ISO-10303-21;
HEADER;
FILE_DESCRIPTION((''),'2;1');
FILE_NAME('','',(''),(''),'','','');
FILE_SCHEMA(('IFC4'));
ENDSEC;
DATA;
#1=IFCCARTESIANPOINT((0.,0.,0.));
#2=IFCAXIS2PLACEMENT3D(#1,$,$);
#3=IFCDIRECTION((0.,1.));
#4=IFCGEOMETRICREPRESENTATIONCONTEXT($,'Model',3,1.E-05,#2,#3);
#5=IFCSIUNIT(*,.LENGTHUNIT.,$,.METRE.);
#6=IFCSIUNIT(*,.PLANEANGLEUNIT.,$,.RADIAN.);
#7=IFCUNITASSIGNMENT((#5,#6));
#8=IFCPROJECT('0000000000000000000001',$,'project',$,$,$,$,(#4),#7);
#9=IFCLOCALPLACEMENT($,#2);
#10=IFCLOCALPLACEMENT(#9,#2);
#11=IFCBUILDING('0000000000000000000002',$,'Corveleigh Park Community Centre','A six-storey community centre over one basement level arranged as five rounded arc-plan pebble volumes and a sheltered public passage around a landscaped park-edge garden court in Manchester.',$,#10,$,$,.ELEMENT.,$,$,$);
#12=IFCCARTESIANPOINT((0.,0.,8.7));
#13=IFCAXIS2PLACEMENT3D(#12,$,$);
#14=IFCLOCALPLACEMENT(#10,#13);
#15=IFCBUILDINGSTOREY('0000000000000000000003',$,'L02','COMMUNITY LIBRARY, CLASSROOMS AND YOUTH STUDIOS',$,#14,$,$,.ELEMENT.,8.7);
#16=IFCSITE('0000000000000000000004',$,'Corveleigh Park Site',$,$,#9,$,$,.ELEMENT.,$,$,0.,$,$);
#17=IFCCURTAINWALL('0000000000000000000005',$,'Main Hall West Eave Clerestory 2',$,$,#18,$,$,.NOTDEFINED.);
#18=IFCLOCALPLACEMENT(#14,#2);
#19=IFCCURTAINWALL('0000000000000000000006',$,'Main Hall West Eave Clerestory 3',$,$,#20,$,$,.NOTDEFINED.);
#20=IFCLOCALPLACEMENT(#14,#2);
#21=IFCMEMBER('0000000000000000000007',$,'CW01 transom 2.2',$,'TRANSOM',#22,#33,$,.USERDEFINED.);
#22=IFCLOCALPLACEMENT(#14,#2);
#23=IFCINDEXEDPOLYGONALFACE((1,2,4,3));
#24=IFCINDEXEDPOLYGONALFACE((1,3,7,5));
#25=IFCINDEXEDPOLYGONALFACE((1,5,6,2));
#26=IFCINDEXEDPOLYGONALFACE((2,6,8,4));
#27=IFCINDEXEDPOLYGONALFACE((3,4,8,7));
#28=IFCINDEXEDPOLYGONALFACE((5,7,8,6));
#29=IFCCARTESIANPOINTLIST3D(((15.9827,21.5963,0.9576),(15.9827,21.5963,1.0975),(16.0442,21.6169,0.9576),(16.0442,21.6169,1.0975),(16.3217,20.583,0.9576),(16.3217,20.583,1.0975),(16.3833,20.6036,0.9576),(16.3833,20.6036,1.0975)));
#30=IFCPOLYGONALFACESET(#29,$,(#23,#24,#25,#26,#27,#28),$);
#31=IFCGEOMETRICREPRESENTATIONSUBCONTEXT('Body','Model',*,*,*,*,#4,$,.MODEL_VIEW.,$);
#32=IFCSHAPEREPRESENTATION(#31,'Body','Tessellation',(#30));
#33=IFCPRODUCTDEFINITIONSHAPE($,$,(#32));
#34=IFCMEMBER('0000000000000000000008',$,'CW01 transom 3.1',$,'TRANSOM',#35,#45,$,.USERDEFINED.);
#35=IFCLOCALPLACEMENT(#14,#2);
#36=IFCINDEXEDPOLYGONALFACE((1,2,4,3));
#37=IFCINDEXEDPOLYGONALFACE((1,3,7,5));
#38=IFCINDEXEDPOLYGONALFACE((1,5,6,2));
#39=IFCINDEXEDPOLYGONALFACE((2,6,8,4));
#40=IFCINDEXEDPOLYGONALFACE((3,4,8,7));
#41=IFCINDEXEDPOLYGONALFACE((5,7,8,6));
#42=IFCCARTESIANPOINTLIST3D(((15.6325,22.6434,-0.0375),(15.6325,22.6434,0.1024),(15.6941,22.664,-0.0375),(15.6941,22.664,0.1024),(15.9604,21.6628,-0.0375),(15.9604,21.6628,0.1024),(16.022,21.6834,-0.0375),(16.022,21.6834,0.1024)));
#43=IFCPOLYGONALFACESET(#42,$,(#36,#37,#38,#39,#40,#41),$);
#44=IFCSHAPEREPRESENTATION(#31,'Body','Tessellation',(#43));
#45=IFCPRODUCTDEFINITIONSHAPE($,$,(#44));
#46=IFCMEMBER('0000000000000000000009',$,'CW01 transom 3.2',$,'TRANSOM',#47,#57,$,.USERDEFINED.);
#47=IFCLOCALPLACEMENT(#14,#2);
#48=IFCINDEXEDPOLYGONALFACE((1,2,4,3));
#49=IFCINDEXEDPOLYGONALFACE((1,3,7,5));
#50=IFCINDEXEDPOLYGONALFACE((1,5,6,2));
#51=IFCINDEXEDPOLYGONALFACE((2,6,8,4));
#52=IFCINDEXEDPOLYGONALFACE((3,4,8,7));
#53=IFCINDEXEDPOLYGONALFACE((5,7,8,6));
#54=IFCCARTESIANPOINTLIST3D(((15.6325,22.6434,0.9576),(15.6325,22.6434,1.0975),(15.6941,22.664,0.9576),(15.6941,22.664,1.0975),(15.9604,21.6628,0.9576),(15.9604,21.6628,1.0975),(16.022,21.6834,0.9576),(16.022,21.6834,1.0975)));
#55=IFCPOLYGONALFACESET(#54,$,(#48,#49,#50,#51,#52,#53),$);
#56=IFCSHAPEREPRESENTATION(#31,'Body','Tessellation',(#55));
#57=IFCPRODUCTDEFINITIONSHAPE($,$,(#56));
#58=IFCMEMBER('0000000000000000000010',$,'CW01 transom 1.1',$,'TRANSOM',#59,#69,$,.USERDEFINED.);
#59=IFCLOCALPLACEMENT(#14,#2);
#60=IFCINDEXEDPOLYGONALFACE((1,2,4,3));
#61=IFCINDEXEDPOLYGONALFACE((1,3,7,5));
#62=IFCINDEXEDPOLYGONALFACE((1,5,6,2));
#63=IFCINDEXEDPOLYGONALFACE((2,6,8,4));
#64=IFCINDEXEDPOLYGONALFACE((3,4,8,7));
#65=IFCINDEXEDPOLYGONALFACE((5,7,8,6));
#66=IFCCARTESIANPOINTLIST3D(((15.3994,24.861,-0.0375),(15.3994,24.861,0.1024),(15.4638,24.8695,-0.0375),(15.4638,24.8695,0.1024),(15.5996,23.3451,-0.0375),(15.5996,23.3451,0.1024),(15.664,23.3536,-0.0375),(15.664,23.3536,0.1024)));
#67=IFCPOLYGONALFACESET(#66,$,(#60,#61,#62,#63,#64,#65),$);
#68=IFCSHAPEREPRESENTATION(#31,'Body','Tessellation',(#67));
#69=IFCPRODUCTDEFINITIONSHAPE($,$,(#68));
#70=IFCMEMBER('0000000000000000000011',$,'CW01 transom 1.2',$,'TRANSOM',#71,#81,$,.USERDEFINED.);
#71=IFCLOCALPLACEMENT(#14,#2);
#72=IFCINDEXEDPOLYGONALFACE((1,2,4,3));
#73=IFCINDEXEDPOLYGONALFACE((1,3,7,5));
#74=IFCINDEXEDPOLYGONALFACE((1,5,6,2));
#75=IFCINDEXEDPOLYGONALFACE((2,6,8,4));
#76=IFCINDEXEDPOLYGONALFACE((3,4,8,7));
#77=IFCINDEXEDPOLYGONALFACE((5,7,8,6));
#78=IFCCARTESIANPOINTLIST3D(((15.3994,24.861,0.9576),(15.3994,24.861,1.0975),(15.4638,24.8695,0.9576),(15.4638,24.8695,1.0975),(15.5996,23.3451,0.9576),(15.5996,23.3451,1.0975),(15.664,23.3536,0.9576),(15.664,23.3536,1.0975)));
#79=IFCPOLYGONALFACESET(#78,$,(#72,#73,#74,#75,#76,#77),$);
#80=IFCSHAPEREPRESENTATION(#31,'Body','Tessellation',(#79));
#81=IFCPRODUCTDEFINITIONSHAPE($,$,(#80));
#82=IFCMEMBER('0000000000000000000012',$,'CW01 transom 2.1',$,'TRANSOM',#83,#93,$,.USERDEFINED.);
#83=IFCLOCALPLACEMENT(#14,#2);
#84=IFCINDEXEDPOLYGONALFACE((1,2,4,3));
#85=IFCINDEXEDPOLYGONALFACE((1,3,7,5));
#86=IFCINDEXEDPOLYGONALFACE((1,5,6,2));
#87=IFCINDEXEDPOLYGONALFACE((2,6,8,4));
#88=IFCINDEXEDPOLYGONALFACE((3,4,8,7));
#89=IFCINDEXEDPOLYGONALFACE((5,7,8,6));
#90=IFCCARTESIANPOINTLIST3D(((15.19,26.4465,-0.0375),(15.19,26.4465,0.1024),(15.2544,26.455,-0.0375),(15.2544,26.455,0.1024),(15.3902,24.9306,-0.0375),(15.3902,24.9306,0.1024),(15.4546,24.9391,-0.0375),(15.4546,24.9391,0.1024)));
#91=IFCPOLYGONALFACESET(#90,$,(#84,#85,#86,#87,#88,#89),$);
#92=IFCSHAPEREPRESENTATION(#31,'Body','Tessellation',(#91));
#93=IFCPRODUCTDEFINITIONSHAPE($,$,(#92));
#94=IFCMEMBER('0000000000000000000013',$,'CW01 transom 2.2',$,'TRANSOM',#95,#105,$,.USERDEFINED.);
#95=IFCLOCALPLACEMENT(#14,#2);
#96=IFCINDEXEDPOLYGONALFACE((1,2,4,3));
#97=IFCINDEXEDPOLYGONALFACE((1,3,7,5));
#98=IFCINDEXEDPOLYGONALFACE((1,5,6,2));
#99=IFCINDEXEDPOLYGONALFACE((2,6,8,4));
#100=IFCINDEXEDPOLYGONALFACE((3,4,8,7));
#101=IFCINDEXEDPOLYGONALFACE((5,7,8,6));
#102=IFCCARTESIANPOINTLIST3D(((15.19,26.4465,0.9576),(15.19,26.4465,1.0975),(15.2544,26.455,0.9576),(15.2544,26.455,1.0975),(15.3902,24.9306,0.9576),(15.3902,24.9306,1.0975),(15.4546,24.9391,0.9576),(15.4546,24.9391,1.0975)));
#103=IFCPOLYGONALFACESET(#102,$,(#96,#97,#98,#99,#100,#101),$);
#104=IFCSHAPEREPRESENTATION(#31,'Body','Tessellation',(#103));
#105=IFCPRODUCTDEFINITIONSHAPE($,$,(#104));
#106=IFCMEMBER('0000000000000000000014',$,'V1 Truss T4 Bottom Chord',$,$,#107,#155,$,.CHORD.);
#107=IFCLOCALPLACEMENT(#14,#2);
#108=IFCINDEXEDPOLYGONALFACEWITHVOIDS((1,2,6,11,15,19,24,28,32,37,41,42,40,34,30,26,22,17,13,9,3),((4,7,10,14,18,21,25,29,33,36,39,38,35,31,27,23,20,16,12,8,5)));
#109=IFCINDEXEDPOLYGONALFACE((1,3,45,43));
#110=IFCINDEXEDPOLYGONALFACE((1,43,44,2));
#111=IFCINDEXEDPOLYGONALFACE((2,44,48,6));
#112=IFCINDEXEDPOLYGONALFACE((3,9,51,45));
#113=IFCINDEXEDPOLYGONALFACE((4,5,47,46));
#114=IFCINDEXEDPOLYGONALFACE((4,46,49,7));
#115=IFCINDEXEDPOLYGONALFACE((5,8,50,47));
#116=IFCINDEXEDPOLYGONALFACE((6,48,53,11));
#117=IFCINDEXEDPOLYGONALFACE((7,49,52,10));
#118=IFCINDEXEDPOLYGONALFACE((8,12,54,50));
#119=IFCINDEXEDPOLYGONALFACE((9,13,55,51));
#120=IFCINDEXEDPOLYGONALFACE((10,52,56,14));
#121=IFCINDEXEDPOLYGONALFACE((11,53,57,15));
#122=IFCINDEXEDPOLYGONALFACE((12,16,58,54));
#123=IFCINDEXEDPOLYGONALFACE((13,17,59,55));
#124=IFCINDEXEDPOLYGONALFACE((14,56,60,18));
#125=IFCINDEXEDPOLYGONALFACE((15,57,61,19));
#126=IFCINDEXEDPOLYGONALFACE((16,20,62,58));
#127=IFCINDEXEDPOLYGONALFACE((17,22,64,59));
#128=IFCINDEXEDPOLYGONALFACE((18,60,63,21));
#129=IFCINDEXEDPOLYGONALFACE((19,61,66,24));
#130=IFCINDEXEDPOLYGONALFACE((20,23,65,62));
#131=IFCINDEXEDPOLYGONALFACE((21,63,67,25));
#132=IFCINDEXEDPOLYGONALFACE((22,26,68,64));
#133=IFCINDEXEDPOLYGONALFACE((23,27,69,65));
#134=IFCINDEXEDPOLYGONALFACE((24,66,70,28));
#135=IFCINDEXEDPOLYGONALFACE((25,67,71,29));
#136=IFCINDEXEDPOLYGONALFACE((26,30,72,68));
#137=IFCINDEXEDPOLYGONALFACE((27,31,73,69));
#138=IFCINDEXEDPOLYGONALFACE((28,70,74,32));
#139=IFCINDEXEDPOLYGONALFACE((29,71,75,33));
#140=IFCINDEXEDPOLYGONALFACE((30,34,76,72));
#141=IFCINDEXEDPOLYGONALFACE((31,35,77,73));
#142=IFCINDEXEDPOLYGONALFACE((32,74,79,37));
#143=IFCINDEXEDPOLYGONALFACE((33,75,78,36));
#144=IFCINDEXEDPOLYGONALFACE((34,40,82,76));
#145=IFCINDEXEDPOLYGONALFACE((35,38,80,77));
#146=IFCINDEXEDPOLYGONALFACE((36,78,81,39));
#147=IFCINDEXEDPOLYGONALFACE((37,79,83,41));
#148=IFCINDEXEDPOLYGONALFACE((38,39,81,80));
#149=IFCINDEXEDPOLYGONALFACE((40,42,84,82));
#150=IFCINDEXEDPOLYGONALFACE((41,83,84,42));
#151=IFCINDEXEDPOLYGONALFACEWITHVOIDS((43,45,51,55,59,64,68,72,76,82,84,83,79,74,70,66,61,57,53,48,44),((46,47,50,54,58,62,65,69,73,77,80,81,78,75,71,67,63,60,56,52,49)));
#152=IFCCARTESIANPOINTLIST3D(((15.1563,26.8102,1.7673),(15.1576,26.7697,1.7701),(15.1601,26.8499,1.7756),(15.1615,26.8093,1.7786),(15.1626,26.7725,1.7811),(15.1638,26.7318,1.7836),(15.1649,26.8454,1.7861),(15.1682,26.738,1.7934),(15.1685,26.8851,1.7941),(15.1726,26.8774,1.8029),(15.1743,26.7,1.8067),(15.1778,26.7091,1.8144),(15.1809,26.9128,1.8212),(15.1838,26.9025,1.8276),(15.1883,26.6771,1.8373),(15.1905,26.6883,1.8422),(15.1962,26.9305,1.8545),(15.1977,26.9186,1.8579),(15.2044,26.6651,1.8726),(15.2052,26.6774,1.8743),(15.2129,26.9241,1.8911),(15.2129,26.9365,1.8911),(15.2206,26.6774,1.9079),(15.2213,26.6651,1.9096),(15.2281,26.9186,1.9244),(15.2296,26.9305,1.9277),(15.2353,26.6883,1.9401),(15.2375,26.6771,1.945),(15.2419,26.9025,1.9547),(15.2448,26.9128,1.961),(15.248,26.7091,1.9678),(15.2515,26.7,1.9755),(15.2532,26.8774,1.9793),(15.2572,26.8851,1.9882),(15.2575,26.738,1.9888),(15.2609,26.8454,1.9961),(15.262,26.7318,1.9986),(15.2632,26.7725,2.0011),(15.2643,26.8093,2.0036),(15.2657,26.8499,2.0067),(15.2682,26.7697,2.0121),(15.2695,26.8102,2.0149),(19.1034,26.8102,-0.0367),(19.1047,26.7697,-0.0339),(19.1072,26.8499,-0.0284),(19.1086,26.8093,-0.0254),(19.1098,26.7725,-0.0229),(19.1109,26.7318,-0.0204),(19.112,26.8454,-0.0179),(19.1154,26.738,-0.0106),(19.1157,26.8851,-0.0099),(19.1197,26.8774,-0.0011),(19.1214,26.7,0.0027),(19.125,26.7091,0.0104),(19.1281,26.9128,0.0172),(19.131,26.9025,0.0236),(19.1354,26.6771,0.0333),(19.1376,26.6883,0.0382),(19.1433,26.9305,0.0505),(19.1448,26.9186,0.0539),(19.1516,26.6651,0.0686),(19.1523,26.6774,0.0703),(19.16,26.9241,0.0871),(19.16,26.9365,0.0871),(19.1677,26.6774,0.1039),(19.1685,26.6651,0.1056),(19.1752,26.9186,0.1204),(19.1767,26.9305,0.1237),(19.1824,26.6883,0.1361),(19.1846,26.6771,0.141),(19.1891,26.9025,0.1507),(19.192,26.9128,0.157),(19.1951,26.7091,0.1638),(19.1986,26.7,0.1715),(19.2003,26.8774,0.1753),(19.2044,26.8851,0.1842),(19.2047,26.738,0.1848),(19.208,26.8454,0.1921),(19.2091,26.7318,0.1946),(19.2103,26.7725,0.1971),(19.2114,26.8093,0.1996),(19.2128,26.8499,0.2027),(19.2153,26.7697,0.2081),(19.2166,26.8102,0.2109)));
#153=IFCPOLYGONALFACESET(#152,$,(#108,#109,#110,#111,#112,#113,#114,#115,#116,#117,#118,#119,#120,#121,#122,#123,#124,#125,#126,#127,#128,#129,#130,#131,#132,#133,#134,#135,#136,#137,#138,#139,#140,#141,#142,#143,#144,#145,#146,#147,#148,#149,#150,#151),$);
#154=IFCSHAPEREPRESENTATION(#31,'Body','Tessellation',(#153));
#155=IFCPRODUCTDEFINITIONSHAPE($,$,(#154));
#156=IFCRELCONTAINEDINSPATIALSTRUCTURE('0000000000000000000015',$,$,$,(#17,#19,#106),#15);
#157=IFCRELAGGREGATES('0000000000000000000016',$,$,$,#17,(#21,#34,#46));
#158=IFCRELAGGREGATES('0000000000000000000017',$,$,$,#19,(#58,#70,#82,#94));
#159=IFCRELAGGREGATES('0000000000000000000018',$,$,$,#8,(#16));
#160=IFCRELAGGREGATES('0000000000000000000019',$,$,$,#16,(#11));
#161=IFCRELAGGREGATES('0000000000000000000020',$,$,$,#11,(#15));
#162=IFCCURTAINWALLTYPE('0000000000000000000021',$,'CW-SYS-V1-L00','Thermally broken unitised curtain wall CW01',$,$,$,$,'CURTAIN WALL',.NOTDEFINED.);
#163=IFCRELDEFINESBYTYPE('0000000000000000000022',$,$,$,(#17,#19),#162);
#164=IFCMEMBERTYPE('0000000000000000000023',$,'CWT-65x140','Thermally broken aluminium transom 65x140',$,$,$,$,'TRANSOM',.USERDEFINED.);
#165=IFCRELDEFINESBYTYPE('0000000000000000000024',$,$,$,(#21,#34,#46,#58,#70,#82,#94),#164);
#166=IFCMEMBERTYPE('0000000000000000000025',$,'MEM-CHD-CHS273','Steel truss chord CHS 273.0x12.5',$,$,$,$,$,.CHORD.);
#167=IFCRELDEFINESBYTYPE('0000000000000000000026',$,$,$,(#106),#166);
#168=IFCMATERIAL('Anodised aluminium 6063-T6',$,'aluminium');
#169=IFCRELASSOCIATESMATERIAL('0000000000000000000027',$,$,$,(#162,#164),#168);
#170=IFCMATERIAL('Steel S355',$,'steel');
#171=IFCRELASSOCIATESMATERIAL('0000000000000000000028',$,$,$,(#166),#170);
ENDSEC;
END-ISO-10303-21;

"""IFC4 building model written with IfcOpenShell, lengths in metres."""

from ifc_helpers import new_model, si_unit, direction, frame, origin, origin_2d, place, context, subcontext, project, spatial, rectangle, hollow_circle, extrude, material, material_profile, profile_set, type_object, element, aggregate, save


model = new_model("IFC4")

# Units and contexts
model_context = context("Model", 3, precision=1e-05, world=origin(), true_north=direction((0.0, 1.0)))
body_context = subcontext(model_context, "Body", "Model", "MODEL_VIEW")
ifc_project = project(units=[si_unit("LENGTHUNIT", "METRE"), si_unit("PLANEANGLEUNIT", "RADIAN")], contexts=[model_context])

# Site, building, storey
site_placement = place(None, origin())
site = spatial("IfcSite", under=ifc_project, at=site_placement, Name="Corveleigh Park Site", CompositionType="ELEMENT", RefElevation=0.0)
building_placement = place(site_placement, origin())
building = spatial("IfcBuilding", under=site, at=building_placement, Name="Corveleigh Park Community Centre", Description="A six-storey community centre over one basement level arranged as five rounded arc-plan pebble volumes and a sheltered public passage around a landscaped park-edge garden court in Manchester.", CompositionType="ELEMENT")
storey_placement = place(building_placement, frame((0.0, 0.0, 8.7)))
storey = spatial("IfcBuildingStorey", under=building, at=storey_placement, Name="L02", Description="COMMUNITY LIBRARY, CLASSROOMS AND YOUTH STUDIOS", CompositionType="ELEMENT", Elevation=8.7)

# Shared definitions
ifc_material_1 = material(Name="Steel S355", Category="steel")

# Curtain walls
ifc_material_2 = material(Name="Anodised aluminium 6063-T6", Category="aluminium")
curtain_wall_type = type_object("IfcCurtainWallType", Name="CW-SYS-V1-L00", Description="Thermally broken unitised curtain wall CW01", ElementType="CURTAIN WALL", PredefinedType="NOTDEFINED", material=ifc_material_2)
curtain_wall_1_placement = place(storey_placement, origin())
curtain_wall_1 = element("IfcCurtainWall", 1, at=curtain_wall_1_placement, inside=storey, type_object=curtain_wall_type, Name="Main Hall West Eave Clerestory 2", PredefinedType="NOTDEFINED")
curtain_wall_2_placement = place(storey_placement, origin())
curtain_wall_2 = element("IfcCurtainWall", 2, at=curtain_wall_2_placement, inside=storey, type_object=curtain_wall_type, Name="Main Hall West Eave Clerestory 3", PredefinedType="NOTDEFINED")

# Members
ifc_material_profile_1 = material_profile(ifc_material_2, rectangle(XDim=0.0649, YDim=0.1399, at=origin_2d()), Name="ALU-T65x140", Category="aluminium")
ifc_profile_set_1 = profile_set([ifc_material_profile_1], Name="Anodised aluminium 6063-T6")
member_type_1 = type_object("IfcMemberType", Name="CWT-65x140", Description="Thermally broken aluminium transom 65x140", ElementType="TRANSOM", PredefinedType="USERDEFINED", material=ifc_profile_set_1)
member_1_placement = place(storey_placement, frame((16.3525, 20.5933, 1.0276), z_axis=(-0.317324, 0.948317, 0.0), x_axis=(-0.948317, -0.317324, 0.0)))
member_1 = element("IfcMember", 3, at=member_1_placement, type_object=member_type_1, Name="CW01 transom 2.2", ObjectType="TRANSOM", PredefinedType="USERDEFINED", context=body_context, shape_type="SweptSolid", body=[
    extrude(rectangle(XDim=0.0649, YDim=0.1399, at=origin_2d()), origin(), (0.0, 0.0, 1.0), 1.0686),
])
member_2_placement = place(storey_placement, frame((15.9912, 21.6731, 0.0325), z_axis=(-0.317149, 0.948376, 0.0), x_axis=(-0.948376, -0.317149, 0.0)))
member_2 = element("IfcMember", 4, at=member_2_placement, type_object=member_type_1, Name="CW01 transom 3.1", ObjectType="TRANSOM", PredefinedType="USERDEFINED", context=body_context, shape_type="SweptSolid", body=[
    extrude(rectangle(XDim=0.0649, YDim=0.1399, at=origin_2d()), origin(), (0.0, 0.0, 1.0), 1.0339),
])
member_3_placement = place(storey_placement, frame((15.9912, 21.6731, 1.0276), z_axis=(-0.317149, 0.948376, 0.0), x_axis=(-0.948376, -0.317149, 0.0)))
member_3 = element("IfcMember", 5, at=member_3_placement, type_object=member_type_1, Name="CW01 transom 3.2", ObjectType="TRANSOM", PredefinedType="USERDEFINED", context=body_context, shape_type="SweptSolid", body=[
    extrude(rectangle(XDim=0.0649, YDim=0.1399, at=origin_2d()), origin(), (0.0, 0.0, 1.0), 1.0339),
])
member_4_placement = place(storey_placement, frame((15.6318, 23.3494, 0.0325), z_axis=(-0.130929, 0.991392, 0.0), x_axis=(-0.991392, -0.130929, 0.0)))
member_4 = element("IfcMember", 6, at=member_4_placement, type_object=member_type_1, Name="CW01 transom 1.1", ObjectType="TRANSOM", PredefinedType="USERDEFINED", context=body_context, shape_type="SweptSolid", body=[
    extrude(rectangle(XDim=0.0649, YDim=0.1399, at=origin_2d()), origin(), (0.0, 0.0, 1.0), 1.5291),
])
member_5_placement = place(storey_placement, frame((15.6318, 23.3494, 1.0276), z_axis=(-0.130929, 0.991392, 0.0), x_axis=(-0.991392, -0.130929, 0.0)))
member_5 = element("IfcMember", 7, at=member_5_placement, type_object=member_type_1, Name="CW01 transom 1.2", ObjectType="TRANSOM", PredefinedType="USERDEFINED", context=body_context, shape_type="SweptSolid", body=[
    extrude(rectangle(XDim=0.0649, YDim=0.1399, at=origin_2d()), origin(), (0.0, 0.0, 1.0), 1.5291),
])
member_6_placement = place(storey_placement, frame((15.4224, 24.9348, 0.0325), z_axis=(-0.130929, 0.991392, 0.0), x_axis=(-0.991392, -0.130929, 0.0)))
member_6 = element("IfcMember", 8, at=member_6_placement, type_object=member_type_1, Name="CW01 transom 2.1", ObjectType="TRANSOM", PredefinedType="USERDEFINED", context=body_context, shape_type="SweptSolid", body=[
    extrude(rectangle(XDim=0.0649, YDim=0.1399, at=origin_2d()), origin(), (0.0, 0.0, 1.0), 1.5291),
])
member_7_placement = place(storey_placement, frame((15.4224, 24.9348, 1.0276), z_axis=(-0.130929, 0.991392, 0.0), x_axis=(-0.991392, -0.130929, 0.0)))
member_7 = element("IfcMember", 9, at=member_7_placement, type_object=member_type_1, Name="CW01 transom 2.2", ObjectType="TRANSOM", PredefinedType="USERDEFINED", context=body_context, shape_type="SweptSolid", body=[
    extrude(rectangle(XDim=0.0649, YDim=0.1399, at=origin_2d()), origin(), (0.0, 0.0, 1.0), 1.5291),
])

# Member
ifc_material_profile_2 = material_profile(ifc_material_1, hollow_circle(Radius=0.1365, WallThickness=0.0125, at=origin_2d()), Name="CHS 273.0x12.5", Category="steel")
ifc_profile_set_2 = profile_set([ifc_material_profile_2], Name="Steel S355")
member_type_2 = type_object("IfcMemberType", Name="MEM-CHD-CHS273", Description="Steel truss chord CHS 273.0x12.5", PredefinedType="CHORD", material=ifc_profile_set_2)
member_8_placement = place(storey_placement, frame((15.2129, 26.8, 1.8911), z_axis=(0.909509, 0.0, -0.415684), x_axis=(0.0, 1.0, 0.0)))
element("IfcMember", 10, at=member_8_placement, inside=storey, type_object=member_type_2, Name="V1 Truss T4 Bottom Chord", PredefinedType="CHORD", context=body_context, shape_type="SweptSolid", body=[
    extrude(hollow_circle(Radius=0.1365, WallThickness=0.0125, at=origin_2d()), origin(), (0.0, 0.0, 1.0), 4.3398),
])

aggregate(curtain_wall_1, [member_1, member_2, member_3])
aggregate(curtain_wall_2, [member_4, member_5, member_6, member_7])

save(model, "model.ifc")
